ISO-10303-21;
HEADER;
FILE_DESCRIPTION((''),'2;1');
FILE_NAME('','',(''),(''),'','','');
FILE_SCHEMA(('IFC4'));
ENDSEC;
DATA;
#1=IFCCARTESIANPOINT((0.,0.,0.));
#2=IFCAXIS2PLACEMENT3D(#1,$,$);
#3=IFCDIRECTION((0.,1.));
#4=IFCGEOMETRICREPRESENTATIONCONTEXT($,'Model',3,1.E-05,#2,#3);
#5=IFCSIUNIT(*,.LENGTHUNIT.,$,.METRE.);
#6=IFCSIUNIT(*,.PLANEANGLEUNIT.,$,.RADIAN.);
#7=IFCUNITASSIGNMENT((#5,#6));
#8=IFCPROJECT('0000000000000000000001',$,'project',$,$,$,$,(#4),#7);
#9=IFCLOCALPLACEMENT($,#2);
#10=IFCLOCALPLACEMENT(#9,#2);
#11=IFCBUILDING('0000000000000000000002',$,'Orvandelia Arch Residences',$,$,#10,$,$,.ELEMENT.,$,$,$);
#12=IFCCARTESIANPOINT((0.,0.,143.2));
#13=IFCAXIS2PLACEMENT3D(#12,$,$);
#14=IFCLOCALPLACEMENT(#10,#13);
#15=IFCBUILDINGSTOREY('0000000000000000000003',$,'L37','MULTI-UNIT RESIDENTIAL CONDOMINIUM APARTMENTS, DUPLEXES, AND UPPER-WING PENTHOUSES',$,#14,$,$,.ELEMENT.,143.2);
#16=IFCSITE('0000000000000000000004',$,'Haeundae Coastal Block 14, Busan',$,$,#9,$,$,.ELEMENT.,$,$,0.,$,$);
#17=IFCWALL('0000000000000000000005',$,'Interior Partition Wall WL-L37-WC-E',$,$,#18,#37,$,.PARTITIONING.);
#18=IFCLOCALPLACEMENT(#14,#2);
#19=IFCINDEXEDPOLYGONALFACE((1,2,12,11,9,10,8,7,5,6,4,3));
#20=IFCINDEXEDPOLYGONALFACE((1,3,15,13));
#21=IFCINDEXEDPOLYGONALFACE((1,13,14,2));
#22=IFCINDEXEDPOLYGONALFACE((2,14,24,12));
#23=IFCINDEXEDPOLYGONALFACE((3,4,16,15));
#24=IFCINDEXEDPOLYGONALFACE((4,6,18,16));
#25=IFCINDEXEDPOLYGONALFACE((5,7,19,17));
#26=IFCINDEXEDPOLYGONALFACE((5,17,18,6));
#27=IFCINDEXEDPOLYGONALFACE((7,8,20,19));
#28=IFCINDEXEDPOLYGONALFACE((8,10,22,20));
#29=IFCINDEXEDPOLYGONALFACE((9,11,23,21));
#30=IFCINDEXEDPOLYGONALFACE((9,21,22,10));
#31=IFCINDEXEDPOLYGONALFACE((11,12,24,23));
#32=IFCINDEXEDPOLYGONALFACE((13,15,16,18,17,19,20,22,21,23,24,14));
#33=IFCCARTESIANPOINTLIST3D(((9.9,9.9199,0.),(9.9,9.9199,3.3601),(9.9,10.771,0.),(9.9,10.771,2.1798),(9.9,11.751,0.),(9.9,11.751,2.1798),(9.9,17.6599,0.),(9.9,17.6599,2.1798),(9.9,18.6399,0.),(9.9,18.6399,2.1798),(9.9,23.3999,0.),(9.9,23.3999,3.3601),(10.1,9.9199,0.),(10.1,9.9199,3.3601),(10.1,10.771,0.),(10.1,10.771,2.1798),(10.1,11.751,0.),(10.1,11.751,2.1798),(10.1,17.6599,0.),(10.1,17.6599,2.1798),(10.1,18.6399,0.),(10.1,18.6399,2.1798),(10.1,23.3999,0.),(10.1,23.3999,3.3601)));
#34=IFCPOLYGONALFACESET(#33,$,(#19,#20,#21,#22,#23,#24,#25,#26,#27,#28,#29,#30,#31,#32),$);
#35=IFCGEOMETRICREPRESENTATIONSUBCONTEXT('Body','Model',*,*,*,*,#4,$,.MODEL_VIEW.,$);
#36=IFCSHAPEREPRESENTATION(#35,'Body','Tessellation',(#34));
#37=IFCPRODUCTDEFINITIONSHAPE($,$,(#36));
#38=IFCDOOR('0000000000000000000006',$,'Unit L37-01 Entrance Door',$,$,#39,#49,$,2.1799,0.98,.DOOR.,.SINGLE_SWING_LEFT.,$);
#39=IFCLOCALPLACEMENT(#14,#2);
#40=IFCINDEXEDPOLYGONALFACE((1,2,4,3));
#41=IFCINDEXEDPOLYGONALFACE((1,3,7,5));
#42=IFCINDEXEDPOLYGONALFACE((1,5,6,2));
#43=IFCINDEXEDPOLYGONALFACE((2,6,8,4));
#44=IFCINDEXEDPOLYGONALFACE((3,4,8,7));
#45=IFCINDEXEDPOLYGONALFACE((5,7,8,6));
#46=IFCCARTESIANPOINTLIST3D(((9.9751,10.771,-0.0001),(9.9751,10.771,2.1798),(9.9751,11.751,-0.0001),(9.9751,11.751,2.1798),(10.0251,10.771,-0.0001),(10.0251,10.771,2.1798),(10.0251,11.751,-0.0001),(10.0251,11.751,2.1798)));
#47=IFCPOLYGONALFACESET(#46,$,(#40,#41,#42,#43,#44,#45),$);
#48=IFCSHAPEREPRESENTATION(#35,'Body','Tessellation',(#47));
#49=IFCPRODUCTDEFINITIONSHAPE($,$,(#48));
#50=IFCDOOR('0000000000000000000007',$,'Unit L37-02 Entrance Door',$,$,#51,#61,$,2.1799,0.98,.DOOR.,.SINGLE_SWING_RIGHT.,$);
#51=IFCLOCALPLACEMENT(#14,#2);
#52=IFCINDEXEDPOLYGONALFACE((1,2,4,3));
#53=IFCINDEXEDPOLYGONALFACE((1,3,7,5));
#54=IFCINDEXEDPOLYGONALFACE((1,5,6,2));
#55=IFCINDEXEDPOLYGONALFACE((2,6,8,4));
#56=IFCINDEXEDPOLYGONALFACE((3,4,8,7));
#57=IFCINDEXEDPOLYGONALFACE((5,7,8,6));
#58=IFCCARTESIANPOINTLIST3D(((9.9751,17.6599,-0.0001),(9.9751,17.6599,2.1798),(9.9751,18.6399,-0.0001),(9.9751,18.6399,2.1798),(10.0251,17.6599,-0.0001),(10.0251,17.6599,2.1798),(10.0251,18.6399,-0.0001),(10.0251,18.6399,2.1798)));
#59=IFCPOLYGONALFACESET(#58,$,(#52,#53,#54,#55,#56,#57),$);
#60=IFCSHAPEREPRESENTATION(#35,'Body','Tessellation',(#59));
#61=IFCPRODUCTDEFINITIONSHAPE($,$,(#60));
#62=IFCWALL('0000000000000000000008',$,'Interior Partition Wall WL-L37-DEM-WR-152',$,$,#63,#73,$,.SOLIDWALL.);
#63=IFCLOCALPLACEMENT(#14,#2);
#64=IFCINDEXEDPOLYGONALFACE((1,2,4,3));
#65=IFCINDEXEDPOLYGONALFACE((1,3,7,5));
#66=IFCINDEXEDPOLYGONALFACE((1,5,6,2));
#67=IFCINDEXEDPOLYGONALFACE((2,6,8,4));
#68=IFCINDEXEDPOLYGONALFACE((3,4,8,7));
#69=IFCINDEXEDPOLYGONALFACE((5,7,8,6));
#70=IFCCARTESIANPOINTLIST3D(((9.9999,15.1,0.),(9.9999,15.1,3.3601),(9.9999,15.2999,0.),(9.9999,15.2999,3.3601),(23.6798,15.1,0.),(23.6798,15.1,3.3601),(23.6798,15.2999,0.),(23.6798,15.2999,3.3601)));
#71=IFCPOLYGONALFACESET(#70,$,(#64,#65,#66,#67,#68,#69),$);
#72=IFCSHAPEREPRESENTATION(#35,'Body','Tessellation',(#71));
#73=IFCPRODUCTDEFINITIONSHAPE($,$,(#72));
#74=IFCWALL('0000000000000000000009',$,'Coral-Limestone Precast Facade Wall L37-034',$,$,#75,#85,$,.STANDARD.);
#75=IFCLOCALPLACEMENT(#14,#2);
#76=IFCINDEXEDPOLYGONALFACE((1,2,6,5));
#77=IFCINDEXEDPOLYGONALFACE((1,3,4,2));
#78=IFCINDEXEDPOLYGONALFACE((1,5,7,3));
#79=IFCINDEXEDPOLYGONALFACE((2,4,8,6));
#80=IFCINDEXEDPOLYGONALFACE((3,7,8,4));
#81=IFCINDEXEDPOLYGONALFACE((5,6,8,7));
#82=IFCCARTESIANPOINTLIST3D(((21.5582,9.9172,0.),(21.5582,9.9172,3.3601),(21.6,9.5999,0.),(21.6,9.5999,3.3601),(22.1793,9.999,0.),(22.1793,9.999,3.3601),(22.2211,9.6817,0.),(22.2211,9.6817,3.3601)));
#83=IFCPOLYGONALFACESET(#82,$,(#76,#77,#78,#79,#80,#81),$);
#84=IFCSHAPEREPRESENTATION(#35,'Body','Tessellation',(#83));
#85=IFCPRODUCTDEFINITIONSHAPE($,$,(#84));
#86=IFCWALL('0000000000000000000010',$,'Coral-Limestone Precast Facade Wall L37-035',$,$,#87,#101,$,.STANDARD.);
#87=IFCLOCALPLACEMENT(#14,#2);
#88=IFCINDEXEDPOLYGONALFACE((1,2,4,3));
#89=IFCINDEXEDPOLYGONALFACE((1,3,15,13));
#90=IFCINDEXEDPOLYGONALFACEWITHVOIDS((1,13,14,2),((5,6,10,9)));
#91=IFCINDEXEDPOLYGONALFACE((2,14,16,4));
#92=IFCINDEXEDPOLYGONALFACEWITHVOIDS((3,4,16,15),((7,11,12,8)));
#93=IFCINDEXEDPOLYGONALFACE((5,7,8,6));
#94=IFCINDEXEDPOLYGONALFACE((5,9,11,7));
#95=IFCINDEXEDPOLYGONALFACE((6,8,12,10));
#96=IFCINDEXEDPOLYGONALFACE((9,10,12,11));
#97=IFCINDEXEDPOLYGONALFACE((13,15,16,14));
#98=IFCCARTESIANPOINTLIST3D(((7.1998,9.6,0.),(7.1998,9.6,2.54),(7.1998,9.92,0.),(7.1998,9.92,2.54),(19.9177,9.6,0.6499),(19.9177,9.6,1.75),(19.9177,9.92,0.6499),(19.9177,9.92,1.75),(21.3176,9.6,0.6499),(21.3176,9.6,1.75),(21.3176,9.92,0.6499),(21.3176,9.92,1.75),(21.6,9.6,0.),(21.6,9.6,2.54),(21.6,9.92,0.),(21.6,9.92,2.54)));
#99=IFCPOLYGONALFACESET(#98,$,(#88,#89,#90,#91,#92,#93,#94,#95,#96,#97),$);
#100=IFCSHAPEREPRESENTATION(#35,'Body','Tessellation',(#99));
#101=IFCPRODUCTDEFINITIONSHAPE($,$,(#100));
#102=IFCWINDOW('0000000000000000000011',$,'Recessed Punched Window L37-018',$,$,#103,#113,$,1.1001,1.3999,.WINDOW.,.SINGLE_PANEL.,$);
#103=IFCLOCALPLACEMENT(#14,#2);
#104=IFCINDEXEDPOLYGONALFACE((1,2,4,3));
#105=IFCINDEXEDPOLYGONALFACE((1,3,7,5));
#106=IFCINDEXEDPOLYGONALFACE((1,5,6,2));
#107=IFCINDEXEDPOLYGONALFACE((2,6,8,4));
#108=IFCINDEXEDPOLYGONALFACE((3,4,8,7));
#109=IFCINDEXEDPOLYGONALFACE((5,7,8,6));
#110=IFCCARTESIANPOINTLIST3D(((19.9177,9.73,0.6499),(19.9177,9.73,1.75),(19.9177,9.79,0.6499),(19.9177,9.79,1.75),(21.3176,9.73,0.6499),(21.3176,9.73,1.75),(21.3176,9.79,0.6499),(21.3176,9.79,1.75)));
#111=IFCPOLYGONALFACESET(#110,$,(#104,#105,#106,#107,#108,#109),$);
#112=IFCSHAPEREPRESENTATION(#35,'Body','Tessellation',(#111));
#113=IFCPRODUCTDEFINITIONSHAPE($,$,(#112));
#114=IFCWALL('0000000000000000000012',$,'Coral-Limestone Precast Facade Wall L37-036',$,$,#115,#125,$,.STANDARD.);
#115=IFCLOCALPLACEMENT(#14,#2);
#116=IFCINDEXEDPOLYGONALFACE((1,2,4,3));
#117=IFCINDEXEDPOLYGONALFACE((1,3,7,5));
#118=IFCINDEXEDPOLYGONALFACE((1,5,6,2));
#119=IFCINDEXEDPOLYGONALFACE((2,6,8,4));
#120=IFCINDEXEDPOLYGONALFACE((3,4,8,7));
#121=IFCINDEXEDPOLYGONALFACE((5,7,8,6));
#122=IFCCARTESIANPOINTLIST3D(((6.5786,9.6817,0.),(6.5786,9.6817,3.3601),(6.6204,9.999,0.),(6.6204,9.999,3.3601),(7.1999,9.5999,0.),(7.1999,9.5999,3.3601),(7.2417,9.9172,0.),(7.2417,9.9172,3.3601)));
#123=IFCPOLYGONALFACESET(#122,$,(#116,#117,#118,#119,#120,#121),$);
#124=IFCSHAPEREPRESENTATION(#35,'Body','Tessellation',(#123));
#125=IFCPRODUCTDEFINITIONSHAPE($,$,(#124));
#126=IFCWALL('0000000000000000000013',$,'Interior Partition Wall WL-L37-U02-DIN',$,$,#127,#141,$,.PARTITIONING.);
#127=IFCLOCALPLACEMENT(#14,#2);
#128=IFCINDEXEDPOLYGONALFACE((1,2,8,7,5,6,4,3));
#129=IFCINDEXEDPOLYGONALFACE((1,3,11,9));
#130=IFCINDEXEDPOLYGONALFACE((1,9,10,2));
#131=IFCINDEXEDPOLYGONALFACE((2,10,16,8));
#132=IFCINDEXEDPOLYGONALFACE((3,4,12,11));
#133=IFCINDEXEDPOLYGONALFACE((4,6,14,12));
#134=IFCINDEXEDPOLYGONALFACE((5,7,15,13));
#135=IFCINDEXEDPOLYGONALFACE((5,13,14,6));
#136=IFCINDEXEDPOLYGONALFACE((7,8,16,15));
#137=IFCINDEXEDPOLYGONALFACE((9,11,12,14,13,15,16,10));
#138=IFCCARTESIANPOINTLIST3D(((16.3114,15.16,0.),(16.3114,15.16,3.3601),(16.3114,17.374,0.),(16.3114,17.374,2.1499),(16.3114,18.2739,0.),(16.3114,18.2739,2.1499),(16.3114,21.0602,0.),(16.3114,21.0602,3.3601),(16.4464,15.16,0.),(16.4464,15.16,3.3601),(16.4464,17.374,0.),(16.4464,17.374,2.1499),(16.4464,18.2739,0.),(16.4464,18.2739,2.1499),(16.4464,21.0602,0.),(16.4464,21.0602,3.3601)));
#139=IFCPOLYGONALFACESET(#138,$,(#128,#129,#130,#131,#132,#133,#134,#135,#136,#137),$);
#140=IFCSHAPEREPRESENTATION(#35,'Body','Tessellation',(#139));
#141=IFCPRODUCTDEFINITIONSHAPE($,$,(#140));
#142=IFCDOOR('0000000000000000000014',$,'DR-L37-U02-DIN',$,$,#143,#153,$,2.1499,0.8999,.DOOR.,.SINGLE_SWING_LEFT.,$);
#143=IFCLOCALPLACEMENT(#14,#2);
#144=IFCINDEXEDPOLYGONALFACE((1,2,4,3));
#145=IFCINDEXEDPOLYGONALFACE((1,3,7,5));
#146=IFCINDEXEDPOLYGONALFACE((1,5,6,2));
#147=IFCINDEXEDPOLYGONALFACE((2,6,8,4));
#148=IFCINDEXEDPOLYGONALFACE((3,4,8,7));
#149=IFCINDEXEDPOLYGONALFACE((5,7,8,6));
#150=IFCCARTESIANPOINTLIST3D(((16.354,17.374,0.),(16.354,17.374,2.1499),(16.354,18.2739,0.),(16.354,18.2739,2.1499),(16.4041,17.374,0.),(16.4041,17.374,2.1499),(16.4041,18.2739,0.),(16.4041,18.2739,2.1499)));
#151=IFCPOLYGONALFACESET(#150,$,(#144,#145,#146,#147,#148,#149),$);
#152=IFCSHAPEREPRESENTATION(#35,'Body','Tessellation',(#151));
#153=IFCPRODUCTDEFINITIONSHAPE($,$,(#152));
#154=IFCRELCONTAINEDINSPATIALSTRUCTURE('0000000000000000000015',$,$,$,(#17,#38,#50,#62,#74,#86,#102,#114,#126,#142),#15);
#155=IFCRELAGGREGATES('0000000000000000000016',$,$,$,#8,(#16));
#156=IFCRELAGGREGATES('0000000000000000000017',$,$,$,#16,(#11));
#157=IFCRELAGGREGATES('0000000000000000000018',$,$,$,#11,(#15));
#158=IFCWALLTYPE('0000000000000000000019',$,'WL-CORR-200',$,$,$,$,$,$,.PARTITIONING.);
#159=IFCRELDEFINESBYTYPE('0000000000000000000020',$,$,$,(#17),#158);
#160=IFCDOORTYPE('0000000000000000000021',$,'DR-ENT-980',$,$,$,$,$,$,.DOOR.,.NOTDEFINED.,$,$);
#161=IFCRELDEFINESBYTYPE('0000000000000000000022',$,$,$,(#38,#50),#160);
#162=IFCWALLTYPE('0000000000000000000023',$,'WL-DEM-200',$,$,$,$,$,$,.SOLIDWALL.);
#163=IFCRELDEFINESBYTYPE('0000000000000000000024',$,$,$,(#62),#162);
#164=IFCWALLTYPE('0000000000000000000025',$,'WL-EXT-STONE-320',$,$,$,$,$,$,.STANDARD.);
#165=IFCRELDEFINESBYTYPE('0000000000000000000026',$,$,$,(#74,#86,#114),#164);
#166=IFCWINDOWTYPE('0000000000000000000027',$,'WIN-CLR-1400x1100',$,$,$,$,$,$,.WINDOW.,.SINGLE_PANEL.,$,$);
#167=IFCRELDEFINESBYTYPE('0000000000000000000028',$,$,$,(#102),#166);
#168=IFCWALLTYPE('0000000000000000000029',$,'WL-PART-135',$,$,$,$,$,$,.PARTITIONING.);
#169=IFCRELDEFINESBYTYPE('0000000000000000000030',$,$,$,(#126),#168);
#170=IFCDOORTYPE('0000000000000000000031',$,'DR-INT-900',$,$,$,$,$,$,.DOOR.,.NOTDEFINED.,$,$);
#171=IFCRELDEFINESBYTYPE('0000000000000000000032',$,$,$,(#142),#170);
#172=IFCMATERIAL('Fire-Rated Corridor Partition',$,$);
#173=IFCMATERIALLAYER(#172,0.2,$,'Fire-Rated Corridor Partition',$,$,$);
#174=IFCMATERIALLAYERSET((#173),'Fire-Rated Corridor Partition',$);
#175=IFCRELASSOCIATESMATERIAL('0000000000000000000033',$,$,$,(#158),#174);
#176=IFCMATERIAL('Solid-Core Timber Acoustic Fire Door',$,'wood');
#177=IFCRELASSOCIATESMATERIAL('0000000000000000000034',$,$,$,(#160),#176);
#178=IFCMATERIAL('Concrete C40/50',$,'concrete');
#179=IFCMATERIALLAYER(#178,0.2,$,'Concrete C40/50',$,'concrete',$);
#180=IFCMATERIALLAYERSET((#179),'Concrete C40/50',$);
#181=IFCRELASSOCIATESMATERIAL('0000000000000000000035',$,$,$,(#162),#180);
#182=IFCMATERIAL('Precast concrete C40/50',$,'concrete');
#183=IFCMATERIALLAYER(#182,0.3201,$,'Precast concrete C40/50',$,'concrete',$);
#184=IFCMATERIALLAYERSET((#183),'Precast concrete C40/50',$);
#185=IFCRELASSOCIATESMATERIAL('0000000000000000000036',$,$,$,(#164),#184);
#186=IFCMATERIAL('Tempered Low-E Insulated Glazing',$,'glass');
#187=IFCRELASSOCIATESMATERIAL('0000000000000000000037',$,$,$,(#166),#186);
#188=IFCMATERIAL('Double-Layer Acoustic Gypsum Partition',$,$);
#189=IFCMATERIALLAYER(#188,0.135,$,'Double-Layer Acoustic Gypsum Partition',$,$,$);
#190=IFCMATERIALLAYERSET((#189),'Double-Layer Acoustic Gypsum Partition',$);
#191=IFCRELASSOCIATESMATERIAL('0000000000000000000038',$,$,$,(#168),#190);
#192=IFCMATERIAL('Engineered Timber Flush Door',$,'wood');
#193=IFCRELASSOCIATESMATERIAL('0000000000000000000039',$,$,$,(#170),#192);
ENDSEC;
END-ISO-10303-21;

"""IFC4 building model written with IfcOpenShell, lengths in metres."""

from ifc_helpers import new_model, si_unit, direction, frame, frame_2d, origin, place, context, subcontext, project, spatial, rectangle, extrude, material, layer, layer_set, type_object, element, fill, save


model = new_model("IFC4")

# Units and contexts
model_context = context("Model", 3, precision=1e-05, world=origin(), true_north=direction((0.0, 1.0)))
body_context = subcontext(model_context, "Body", "Model", "MODEL_VIEW")
ifc_project = project(units=[si_unit("LENGTHUNIT", "METRE"), si_unit("PLANEANGLEUNIT", "RADIAN")], contexts=[model_context])

# Site, building, storey
site_placement = place(None, origin())
site = spatial("IfcSite", under=ifc_project, at=site_placement, Name="Haeundae Coastal Block 14, Busan", CompositionType="ELEMENT", RefElevation=0.0)
building_placement = place(site_placement, origin())
building = spatial("IfcBuilding", under=site, at=building_placement, Name="Orvandelia Arch Residences", CompositionType="ELEMENT")
storey_placement = place(building_placement, frame((0.0, 0.0, 143.2)))
storey = spatial("IfcBuildingStorey", under=building, at=storey_placement, Name="L37", Description="MULTI-UNIT RESIDENTIAL CONDOMINIUM APARTMENTS, DUPLEXES, AND UPPER-WING PENTHOUSES", CompositionType="ELEMENT", Elevation=143.2)

# Wall, openings, doors
ifc_material_1 = material(Name="Fire-Rated Corridor Partition")
ifc_layer_1 = layer(ifc_material_1, 0.2, Name="Fire-Rated Corridor Partition")
ifc_layer_set_1 = layer_set([ifc_layer_1], Name="Fire-Rated Corridor Partition")
wall_type_1 = type_object("IfcWallType", Name="WL-CORR-200", PredefinedType="PARTITIONING", material=ifc_layer_set_1)
wall_1_placement = place(storey_placement, frame((10.0, 9.9199, 0.0), z_axis=(0.0, 0.0, 1.0), x_axis=(0.0, 1.0, 0.0)))
wall_1 = element("IfcWall", 1, at=wall_1_placement, inside=storey, type_object=wall_type_1, Name="Interior Partition Wall WL-L37-WC-E", PredefinedType="PARTITIONING", context=body_context, shape_type="SweptSolid", body=[
    extrude(rectangle(XDim=13.48, YDim=0.2, at=frame_2d((6.74, 0.0))), origin(), (0.0, 0.0, 1.0), 3.3601),
])
opening_1_placement = place(wall_1_placement, frame((0.8511, 0.0, 0.0)))
opening_1 = element("IfcOpeningElement", 2, at=opening_1_placement, cuts=wall_1, PredefinedType="OPENING", context=body_context, shape_type="SweptSolid", body=[
    extrude(rectangle(XDim=0.98, YDim=2.1799, at=frame_2d((0.49, 1.0898))), frame((0.0, 0.1099, 0.0), z_axis=(0.0, -1.0, 0.0), x_axis=(1.0, 0.0, 0.0)), (0.0, 0.0, 1.0), 0.22),
])
opening_2_placement = place(wall_1_placement, frame((7.74, 0.0, 0.0)))
opening_2 = element("IfcOpeningElement", 3, at=opening_2_placement, cuts=wall_1, PredefinedType="OPENING", context=body_context, shape_type="SweptSolid", body=[
    extrude(rectangle(XDim=0.98, YDim=2.1799, at=frame_2d((0.49, 1.0898))), frame((0.0, 0.1099, 0.0), z_axis=(0.0, -1.0, 0.0), x_axis=(1.0, 0.0, 0.0)), (0.0, 0.0, 1.0), 0.22),
])
ifc_material_2 = material(Name="Solid-Core Timber Acoustic Fire Door", Category="wood")
door_type_1 = type_object("IfcDoorType", Name="DR-ENT-980", OperationType="NOTDEFINED", PredefinedType="DOOR", material=ifc_material_2)
door_1_placement = place(opening_1_placement, origin())
door_1 = element("IfcDoor", 4, at=door_1_placement, inside=storey, type_object=door_type_1, Name="Unit L37-01 Entrance Door", OperationType="SINGLE_SWING_LEFT", OverallHeight=2.1799, OverallWidth=0.98, PredefinedType="DOOR", context=body_context, shape_type="SweptSolid", body=[
    extrude(rectangle(XDim=0.98, YDim=2.1799, at=frame_2d((0.49, 1.0898))), frame((0.0, 0.0249, 0.0), z_axis=(0.0, -1.0, 0.0), x_axis=(1.0, 0.0, 0.0)), (0.0, 0.0, 1.0), 0.05),
])
fill(opening_1, door_1)
door_2_placement = place(opening_2_placement, origin())
door_2 = element("IfcDoor", 5, at=door_2_placement, inside=storey, type_object=door_type_1, Name="Unit L37-02 Entrance Door", OperationType="SINGLE_SWING_RIGHT", OverallHeight=2.1799, OverallWidth=0.98, PredefinedType="DOOR", context=body_context, shape_type="SweptSolid", body=[
    extrude(rectangle(XDim=0.98, YDim=2.1799, at=frame_2d((0.49, 1.0898))), frame((0.0, 0.0249, 0.0), z_axis=(0.0, -1.0, 0.0), x_axis=(1.0, 0.0, 0.0)), (0.0, 0.0, 1.0), 0.05),
])
fill(opening_2, door_2)

# Walls
ifc_material_3 = material(Name="Concrete C40/50", Category="concrete")
ifc_layer_2 = layer(ifc_material_3, 0.2, Name="Concrete C40/50", Category="concrete")
ifc_layer_set_2 = layer_set([ifc_layer_2], Name="Concrete C40/50")
wall_type_2 = type_object("IfcWallType", Name="WL-DEM-200", PredefinedType="SOLIDWALL", material=ifc_layer_set_2)
wall_2_placement = place(storey_placement, frame((10.0, 15.2, 0.0), z_axis=(0.0, 0.0, 1.0), x_axis=(1.0, 0.0, 0.0)))
element("IfcWall", 6, at=wall_2_placement, inside=storey, type_object=wall_type_2, Name="Interior Partition Wall WL-L37-DEM-WR-152", PredefinedType="SOLIDWALL", context=body_context, shape_type="SweptSolid", body=[
    extrude(rectangle(XDim=13.6799, YDim=0.2, at=frame_2d((6.8398, 0.0))), origin(), (0.0, 0.0, 1.0), 3.3601),
])
ifc_material_4 = material(Name="Precast concrete C40/50", Category="concrete")
ifc_layer_3 = layer(ifc_material_4, 0.3201, Name="Precast concrete C40/50", Category="concrete")
ifc_layer_set_3 = layer_set([ifc_layer_3], Name="Precast concrete C40/50")
wall_type_3 = type_object("IfcWallType", Name="WL-EXT-STONE-320", PredefinedType="STANDARD", material=ifc_layer_set_3)
wall_3_placement = place(storey_placement, frame((22.2002, 9.8403, 0.0), z_axis=(0.0, 0.0, 1.0), x_axis=(-0.991441, -0.130555, 0.0)))
element("IfcWall", 7, at=wall_3_placement, inside=storey, type_object=wall_type_3, Name="Coral-Limestone Precast Facade Wall L37-034", PredefinedType="STANDARD", context=body_context, shape_type="SweptSolid", body=[
    extrude(rectangle(XDim=0.6265, YDim=0.3201, at=frame_2d((0.3132, 0.0))), origin(), (0.0, 0.0, 1.0), 3.3601),
])

# Wall, opening, window
wall_4_placement = place(storey_placement, frame((21.6001, 9.76, 0.0), z_axis=(0.0, 0.0, 1.0), x_axis=(-1.0, 0.0, 0.0)))
wall_4 = element("IfcWall", 8, at=wall_4_placement, inside=storey, type_object=wall_type_3, Name="Coral-Limestone Precast Facade Wall L37-035", PredefinedType="STANDARD", context=body_context, shape_type="SweptSolid", body=[
    extrude(rectangle(XDim=14.4001, YDim=0.3201, at=frame_2d((7.2002, 0.0))), origin(), (0.0, 0.0, 1.0), 2.54),
])
opening_3_placement = place(wall_4_placement, frame((0.2825, 0.0, 0.6499)))
opening_3 = element("IfcOpeningElement", 9, at=opening_3_placement, cuts=wall_4, PredefinedType="OPENING", context=body_context, shape_type="SweptSolid", body=[
    extrude(rectangle(XDim=1.3999, YDim=1.1001, at=frame_2d((0.7, 0.55))), frame((0.0, 0.1699, 0.0), z_axis=(0.0, -1.0, 0.0), x_axis=(1.0, 0.0, 0.0)), (0.0, 0.0, 1.0), 0.3401),
])
ifc_material_5 = material(Name="Tempered Low-E Insulated Glazing", Category="glass")
window_type = type_object("IfcWindowType", Name="WIN-CLR-1400x1100", PartitioningType="SINGLE_PANEL", PredefinedType="WINDOW", material=ifc_material_5)
window_placement = place(opening_3_placement, origin())
window = element("IfcWindow", 10, at=window_placement, inside=storey, type_object=window_type, Name="Recessed Punched Window L37-018", OverallHeight=1.1001, OverallWidth=1.3999, PartitioningType="SINGLE_PANEL", PredefinedType="WINDOW", context=body_context, shape_type="SweptSolid", body=[
    extrude(rectangle(XDim=1.3999, YDim=1.1001, at=frame_2d((0.7, 0.55))), frame((0.0, 0.03, 0.0), z_axis=(0.0, -1.0, 0.0), x_axis=(1.0, 0.0, 0.0)), (0.0, 0.0, 1.0), 0.0601),
])
fill(opening_3, window)

# Wall
wall_5_placement = place(storey_placement, frame((7.2209, 9.7585, 0.0), z_axis=(0.0, 0.0, 1.0), x_axis=(-0.991448, 0.130505, 0.0)))
element("IfcWall", 11, at=wall_5_placement, inside=storey, type_object=wall_type_3, Name="Coral-Limestone Precast Facade Wall L37-036", PredefinedType="STANDARD", context=body_context, shape_type="SweptSolid", body=[
    extrude(rectangle(XDim=0.6267, YDim=0.3201, at=frame_2d((0.3135, 0.0))), origin(), (0.0, 0.0, 1.0), 3.3601),
])

# Wall, opening, door
ifc_material_6 = material(Name="Double-Layer Acoustic Gypsum Partition")
ifc_layer_4 = layer(ifc_material_6, 0.135, Name="Double-Layer Acoustic Gypsum Partition")
ifc_layer_set_4 = layer_set([ifc_layer_4], Name="Double-Layer Acoustic Gypsum Partition")
wall_type_4 = type_object("IfcWallType", Name="WL-PART-135", PredefinedType="PARTITIONING", material=ifc_layer_set_4)
wall_6_placement = place(storey_placement, frame((16.3789, 15.1599, 0.0), z_axis=(0.0, 0.0, 1.0), x_axis=(0.0, 1.0, 0.0)))
wall_6 = element("IfcWall", 12, at=wall_6_placement, inside=storey, type_object=wall_type_4, Name="Interior Partition Wall WL-L37-U02-DIN", PredefinedType="PARTITIONING", context=body_context, shape_type="SweptSolid", body=[
    extrude(rectangle(XDim=5.9001, YDim=0.135, at=frame_2d((2.9502, 0.0))), origin(), (0.0, 0.0, 1.0), 3.3601),
])
opening_4_placement = place(wall_6_placement, frame((2.2141, 0.0, 0.0)))
opening_4 = element("IfcOpeningElement", 13, at=opening_4_placement, cuts=wall_6, PredefinedType="OPENING", context=body_context, shape_type="SweptSolid", body=[
    extrude(rectangle(XDim=0.8999, YDim=2.1499, at=frame_2d((0.45, 1.075))), frame((0.0, 0.0776, 0.0), z_axis=(0.0, -1.0, 0.0), x_axis=(1.0, 0.0, 0.0)), (0.0, 0.0, 1.0), 0.155),
])
ifc_material_7 = material(Name="Engineered Timber Flush Door", Category="wood")
door_type_2 = type_object("IfcDoorType", Name="DR-INT-900", OperationType="NOTDEFINED", PredefinedType="DOOR", material=ifc_material_7)
door_3_placement = place(opening_4_placement, origin())
door_3 = element("IfcDoor", 14, at=door_3_placement, inside=storey, type_object=door_type_2, Name="DR-L37-U02-DIN", OperationType="SINGLE_SWING_LEFT", OverallHeight=2.1499, OverallWidth=0.8999, PredefinedType="DOOR", context=body_context, shape_type="SweptSolid", body=[
    extrude(rectangle(XDim=0.8999, YDim=2.1499, at=frame_2d((0.45, 1.075))), frame((0.0, 0.0249, 0.0), z_axis=(0.0, -1.0, 0.0), x_axis=(1.0, 0.0, 0.0)), (0.0, 0.0, 1.0), 0.05),
])
fill(opening_4, door_3)

save(model, "model.ifc")
